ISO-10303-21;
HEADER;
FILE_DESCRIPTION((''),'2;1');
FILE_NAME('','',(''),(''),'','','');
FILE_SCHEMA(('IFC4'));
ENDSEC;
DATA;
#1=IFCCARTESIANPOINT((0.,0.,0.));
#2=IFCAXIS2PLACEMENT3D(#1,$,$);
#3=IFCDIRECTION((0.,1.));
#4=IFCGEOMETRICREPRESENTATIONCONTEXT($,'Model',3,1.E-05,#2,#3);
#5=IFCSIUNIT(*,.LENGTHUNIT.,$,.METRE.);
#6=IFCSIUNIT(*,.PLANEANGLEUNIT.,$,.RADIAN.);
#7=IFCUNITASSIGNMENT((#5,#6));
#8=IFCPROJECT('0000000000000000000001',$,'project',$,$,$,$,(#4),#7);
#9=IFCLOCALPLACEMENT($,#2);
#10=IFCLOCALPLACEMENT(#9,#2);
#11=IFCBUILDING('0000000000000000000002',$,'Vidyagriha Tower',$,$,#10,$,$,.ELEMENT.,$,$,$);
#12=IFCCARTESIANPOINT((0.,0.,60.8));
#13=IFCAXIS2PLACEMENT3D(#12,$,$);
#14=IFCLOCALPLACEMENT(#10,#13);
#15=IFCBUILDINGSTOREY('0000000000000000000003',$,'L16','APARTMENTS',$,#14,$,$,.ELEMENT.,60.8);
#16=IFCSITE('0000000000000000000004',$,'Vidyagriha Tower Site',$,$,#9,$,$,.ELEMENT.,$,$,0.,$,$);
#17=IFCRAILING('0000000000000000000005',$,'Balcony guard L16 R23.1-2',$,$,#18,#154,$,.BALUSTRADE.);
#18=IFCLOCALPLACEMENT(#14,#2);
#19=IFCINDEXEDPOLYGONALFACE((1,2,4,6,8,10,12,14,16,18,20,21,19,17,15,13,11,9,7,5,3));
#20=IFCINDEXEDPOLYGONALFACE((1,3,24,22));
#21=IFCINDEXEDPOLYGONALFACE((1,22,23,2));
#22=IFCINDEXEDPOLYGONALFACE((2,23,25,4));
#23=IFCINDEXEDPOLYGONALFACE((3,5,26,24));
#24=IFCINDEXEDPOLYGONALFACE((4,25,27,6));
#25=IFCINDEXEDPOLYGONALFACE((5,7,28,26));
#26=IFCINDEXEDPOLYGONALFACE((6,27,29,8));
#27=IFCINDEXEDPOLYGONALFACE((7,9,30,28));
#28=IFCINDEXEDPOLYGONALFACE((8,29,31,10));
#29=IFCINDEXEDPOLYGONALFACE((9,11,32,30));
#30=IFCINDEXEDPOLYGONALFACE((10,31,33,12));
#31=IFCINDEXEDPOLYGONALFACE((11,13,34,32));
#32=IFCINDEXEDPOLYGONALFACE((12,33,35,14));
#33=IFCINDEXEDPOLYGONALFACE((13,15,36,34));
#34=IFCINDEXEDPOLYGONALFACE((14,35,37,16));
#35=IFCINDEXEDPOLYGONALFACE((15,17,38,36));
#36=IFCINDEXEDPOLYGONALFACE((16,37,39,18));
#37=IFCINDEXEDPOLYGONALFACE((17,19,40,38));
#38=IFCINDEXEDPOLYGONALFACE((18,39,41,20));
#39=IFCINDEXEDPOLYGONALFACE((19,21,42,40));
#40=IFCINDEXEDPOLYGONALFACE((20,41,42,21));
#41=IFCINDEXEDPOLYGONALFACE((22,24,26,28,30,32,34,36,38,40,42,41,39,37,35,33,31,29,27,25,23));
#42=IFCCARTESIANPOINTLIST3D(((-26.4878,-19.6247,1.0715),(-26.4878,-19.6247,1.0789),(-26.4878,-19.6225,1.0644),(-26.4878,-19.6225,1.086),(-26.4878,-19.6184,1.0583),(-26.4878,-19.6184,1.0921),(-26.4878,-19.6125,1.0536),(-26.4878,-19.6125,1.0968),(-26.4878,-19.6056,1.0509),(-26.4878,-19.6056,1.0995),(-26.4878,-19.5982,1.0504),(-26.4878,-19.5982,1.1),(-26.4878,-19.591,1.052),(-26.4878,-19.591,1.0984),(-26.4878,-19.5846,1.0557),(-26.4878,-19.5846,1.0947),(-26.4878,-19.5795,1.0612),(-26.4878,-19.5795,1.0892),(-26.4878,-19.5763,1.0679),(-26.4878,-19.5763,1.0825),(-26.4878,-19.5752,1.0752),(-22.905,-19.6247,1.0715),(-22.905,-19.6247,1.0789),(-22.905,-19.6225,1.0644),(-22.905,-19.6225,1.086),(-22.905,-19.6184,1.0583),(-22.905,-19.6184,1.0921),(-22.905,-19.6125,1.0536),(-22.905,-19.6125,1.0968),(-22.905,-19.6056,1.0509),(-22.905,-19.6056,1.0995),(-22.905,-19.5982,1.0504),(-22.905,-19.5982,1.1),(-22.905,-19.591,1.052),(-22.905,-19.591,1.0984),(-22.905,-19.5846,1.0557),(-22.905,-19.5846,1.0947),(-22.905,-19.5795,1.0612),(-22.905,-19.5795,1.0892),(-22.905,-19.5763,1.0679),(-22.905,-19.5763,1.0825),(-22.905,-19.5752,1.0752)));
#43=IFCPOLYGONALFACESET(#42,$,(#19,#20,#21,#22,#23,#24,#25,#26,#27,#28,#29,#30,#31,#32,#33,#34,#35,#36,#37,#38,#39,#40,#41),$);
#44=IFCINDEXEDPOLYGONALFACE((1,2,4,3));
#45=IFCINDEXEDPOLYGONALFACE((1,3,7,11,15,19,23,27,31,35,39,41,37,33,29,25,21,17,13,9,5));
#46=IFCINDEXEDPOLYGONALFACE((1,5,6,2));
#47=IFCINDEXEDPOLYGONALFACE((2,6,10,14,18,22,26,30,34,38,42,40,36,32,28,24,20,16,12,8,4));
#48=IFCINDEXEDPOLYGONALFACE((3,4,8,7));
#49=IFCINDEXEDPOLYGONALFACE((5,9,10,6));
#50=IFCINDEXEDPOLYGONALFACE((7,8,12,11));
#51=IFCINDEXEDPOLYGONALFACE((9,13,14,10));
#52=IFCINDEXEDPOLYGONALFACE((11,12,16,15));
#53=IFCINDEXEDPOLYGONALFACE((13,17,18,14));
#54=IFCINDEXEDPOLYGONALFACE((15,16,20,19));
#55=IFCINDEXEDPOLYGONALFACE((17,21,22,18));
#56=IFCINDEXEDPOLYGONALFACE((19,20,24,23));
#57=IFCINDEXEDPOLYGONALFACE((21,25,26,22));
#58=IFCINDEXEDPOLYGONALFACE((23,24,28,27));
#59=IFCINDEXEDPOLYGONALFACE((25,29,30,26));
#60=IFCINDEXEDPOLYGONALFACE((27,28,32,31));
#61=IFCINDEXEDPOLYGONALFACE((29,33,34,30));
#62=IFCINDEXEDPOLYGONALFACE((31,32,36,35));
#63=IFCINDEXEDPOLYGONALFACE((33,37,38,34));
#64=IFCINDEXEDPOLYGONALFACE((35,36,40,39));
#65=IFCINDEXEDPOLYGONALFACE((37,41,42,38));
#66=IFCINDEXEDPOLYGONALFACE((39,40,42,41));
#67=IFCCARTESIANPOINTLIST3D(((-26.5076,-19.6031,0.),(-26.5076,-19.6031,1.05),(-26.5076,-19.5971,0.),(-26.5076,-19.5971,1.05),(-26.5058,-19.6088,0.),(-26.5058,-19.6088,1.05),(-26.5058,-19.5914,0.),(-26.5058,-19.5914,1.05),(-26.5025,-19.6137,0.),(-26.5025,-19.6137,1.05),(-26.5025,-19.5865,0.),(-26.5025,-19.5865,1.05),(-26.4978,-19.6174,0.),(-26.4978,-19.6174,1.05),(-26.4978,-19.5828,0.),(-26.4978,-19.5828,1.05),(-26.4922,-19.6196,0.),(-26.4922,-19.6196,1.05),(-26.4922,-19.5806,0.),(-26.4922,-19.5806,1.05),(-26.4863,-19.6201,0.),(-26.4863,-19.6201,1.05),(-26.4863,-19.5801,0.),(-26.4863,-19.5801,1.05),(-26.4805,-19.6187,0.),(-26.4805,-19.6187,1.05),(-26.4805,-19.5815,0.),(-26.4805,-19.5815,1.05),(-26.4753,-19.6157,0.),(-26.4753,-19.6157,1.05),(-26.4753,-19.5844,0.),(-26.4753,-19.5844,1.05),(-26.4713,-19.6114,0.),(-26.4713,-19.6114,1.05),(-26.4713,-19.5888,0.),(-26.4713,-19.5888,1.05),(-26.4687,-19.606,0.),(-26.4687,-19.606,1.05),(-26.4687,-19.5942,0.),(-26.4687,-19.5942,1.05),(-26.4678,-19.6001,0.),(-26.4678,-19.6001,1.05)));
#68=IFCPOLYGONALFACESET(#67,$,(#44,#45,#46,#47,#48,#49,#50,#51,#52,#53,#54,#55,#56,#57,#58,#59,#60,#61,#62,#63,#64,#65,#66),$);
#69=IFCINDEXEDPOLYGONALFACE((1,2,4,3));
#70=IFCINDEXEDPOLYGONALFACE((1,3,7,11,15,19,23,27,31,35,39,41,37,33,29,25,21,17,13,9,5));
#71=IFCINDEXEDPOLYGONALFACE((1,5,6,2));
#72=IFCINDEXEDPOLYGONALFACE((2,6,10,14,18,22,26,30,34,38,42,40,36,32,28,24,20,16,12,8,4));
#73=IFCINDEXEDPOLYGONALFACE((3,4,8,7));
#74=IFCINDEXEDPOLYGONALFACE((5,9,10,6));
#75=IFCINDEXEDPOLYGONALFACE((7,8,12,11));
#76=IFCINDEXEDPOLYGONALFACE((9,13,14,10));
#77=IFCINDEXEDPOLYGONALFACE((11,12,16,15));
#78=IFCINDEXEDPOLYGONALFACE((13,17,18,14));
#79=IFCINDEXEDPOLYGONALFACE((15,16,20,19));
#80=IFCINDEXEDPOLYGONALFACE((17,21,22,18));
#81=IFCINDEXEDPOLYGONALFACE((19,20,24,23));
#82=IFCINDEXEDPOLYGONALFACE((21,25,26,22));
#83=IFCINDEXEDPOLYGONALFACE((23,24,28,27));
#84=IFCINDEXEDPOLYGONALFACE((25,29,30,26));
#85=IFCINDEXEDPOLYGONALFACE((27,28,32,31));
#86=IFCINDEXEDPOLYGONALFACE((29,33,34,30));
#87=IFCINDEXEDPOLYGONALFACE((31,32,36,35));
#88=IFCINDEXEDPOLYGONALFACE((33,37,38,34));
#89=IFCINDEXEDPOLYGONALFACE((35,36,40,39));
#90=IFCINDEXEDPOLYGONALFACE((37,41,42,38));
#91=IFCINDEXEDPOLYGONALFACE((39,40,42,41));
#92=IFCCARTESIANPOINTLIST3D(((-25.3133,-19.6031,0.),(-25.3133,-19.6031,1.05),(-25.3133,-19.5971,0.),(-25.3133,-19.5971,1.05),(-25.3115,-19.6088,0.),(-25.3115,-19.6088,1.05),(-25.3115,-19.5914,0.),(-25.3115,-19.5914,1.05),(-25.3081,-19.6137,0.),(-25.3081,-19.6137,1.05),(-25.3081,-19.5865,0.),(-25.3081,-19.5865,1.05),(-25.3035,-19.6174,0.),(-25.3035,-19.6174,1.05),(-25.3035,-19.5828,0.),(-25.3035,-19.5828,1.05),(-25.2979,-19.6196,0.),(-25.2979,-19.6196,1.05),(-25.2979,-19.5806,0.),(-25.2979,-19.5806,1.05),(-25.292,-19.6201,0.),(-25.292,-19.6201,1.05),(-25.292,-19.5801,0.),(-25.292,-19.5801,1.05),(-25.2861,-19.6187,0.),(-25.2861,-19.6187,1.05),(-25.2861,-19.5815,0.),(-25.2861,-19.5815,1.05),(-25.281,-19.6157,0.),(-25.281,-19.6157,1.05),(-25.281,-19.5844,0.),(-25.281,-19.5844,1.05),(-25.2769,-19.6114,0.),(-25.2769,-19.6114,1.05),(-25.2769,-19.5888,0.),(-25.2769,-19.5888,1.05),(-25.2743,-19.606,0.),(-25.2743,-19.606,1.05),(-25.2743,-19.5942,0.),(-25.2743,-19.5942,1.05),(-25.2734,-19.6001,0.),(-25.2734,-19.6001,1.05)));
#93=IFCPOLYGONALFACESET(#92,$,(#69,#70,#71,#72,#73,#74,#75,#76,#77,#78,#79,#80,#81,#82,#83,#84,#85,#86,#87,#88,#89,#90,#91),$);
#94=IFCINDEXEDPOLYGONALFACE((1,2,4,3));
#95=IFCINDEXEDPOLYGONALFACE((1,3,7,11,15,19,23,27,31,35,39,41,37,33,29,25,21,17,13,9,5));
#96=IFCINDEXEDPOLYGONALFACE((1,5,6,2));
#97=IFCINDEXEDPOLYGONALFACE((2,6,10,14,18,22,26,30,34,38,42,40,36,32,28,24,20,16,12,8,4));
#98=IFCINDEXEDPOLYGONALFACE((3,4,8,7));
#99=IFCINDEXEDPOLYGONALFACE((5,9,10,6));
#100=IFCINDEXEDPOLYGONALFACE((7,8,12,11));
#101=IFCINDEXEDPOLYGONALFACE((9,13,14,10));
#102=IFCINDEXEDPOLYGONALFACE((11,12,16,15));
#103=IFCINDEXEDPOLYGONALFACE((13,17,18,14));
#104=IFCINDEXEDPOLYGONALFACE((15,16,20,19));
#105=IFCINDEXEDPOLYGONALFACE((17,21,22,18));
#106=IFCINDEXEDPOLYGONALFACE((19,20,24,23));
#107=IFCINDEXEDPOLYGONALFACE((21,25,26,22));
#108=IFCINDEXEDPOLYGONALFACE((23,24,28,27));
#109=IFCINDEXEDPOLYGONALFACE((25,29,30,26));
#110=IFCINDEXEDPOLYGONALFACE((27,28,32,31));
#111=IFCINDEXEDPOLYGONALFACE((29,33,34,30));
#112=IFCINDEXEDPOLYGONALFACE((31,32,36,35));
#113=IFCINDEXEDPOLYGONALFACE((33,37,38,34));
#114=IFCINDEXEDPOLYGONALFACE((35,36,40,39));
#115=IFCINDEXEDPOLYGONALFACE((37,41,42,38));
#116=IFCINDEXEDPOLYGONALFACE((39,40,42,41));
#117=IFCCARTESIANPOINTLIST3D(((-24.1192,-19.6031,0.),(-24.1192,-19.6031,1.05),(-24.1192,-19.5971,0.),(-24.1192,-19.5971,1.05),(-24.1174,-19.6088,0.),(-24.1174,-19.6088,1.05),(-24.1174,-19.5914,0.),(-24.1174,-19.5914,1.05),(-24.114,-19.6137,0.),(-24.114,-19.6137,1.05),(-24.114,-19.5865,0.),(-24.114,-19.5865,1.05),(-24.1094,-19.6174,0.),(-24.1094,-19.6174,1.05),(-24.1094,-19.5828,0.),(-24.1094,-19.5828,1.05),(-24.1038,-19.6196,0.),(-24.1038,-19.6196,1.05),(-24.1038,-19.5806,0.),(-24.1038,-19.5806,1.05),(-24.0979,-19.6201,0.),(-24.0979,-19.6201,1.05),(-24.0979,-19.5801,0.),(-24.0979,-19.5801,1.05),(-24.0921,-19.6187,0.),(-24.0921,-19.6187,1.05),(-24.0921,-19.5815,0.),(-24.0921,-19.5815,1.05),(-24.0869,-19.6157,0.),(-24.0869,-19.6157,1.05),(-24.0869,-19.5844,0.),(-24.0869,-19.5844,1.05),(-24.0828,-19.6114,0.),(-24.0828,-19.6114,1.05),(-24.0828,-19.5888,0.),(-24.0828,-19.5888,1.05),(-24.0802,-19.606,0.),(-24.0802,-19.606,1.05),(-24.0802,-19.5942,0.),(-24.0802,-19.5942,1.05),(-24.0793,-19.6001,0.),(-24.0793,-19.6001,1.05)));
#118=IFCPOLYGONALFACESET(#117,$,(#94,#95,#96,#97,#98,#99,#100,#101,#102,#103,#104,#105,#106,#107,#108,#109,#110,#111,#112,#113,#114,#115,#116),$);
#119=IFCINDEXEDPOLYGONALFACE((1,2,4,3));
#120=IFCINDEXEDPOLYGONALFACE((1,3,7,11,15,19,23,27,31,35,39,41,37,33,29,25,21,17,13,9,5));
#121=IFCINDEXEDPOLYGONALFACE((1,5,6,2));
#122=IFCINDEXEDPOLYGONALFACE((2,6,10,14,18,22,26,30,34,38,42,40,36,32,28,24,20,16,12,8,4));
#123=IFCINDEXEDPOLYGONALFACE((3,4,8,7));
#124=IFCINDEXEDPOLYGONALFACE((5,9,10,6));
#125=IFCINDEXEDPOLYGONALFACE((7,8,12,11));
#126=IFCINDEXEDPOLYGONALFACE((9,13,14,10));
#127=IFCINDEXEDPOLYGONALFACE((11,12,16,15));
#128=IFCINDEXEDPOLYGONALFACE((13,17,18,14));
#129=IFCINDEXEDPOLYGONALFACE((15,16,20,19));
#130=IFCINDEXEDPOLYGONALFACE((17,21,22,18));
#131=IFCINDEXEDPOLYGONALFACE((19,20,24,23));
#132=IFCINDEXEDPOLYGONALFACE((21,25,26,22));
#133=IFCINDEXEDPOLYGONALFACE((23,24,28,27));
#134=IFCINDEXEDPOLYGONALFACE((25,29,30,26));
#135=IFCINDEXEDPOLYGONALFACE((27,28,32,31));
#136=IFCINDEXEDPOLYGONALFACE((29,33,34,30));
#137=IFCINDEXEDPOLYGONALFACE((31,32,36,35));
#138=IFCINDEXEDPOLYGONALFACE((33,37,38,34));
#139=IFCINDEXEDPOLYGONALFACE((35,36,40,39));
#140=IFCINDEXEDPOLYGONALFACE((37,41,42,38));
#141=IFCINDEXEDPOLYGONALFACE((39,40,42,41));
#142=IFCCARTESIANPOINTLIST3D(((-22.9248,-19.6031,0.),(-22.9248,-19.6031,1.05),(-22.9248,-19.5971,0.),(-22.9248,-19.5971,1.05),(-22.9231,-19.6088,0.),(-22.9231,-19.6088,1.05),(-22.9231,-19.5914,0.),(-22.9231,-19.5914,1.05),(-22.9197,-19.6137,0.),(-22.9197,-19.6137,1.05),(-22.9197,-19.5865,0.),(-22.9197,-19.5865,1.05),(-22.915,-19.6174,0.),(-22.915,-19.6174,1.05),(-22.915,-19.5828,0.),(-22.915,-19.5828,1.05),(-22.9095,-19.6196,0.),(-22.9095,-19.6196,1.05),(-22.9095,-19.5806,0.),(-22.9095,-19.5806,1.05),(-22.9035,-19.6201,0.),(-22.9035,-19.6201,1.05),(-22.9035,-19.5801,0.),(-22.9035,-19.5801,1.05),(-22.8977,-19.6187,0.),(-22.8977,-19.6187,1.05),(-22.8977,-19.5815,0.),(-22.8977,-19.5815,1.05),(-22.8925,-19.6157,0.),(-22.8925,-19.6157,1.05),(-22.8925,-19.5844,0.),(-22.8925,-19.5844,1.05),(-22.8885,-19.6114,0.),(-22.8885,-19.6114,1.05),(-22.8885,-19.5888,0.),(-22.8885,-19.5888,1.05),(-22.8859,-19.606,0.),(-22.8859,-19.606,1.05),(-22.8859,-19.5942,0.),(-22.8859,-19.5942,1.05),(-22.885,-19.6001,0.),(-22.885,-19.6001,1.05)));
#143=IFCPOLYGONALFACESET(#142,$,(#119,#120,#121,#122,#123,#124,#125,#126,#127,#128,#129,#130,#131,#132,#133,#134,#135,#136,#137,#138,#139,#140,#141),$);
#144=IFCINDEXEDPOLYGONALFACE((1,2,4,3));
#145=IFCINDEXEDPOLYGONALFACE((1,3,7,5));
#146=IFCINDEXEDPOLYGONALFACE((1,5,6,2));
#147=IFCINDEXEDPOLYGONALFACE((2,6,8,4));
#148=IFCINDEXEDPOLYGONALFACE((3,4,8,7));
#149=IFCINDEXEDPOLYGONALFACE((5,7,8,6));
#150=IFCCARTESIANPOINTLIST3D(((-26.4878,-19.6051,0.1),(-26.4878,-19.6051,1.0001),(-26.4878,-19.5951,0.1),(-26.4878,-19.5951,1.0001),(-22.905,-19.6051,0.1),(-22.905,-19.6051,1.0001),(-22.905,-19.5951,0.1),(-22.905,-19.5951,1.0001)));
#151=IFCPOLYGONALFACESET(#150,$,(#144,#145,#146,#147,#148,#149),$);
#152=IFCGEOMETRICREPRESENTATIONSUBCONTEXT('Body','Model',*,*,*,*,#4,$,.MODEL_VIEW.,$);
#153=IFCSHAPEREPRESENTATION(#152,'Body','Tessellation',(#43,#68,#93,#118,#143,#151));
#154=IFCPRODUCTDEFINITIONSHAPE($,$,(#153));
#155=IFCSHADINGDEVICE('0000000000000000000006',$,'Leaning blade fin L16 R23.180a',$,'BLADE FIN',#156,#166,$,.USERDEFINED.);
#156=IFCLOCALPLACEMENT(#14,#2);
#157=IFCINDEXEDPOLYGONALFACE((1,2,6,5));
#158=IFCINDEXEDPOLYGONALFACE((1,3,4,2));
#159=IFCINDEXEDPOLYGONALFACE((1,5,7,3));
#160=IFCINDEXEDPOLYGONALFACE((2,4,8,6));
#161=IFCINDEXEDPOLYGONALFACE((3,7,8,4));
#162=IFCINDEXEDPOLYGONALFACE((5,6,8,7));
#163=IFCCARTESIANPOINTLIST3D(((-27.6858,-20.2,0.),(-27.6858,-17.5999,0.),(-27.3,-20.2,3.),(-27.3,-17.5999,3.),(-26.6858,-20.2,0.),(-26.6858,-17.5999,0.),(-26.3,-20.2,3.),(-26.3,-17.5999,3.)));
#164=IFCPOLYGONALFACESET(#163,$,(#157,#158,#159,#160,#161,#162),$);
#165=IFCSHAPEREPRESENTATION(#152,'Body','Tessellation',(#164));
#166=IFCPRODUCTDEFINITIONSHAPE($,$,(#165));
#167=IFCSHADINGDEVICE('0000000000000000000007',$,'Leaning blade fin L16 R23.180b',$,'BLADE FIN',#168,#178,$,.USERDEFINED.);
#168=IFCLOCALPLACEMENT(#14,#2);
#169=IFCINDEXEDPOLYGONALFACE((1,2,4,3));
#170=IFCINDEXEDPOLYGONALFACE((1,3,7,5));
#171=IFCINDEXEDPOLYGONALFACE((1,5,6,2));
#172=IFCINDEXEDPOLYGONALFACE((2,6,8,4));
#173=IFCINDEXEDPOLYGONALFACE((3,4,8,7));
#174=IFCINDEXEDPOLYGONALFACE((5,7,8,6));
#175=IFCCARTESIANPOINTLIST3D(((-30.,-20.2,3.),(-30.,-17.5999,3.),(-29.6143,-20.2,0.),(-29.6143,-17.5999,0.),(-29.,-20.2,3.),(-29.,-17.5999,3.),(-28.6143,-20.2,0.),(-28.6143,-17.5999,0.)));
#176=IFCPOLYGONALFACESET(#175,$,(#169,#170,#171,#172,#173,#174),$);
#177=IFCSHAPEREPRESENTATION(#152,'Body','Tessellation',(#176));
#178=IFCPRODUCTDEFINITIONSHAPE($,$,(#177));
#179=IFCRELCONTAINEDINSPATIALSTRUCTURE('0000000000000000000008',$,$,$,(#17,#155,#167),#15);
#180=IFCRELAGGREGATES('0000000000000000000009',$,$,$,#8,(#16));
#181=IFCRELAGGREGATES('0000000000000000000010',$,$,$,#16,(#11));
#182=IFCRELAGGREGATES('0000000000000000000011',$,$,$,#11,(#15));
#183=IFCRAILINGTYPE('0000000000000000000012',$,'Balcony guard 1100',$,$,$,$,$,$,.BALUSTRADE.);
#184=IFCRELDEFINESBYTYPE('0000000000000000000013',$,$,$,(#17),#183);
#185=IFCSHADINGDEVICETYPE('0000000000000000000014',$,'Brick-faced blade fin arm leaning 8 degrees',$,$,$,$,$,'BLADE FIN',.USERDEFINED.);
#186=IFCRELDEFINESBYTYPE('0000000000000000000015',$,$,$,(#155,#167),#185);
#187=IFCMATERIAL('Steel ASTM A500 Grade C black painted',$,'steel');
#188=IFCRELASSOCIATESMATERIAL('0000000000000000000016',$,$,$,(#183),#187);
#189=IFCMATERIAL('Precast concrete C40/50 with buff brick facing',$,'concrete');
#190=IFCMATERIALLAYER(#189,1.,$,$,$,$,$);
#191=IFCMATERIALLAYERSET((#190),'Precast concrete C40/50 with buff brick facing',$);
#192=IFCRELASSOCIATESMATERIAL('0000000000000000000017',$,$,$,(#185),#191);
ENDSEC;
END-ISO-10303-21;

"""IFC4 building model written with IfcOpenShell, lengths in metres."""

from ifc_helpers import new_model, si_unit, direction, frame, origin, origin_2d, place, context, subcontext, project, spatial, polyline, rectangle, circle, outline, extrude, material, layer, layer_set, type_object, element, save


model = new_model("IFC4")

# Units and contexts
model_context = context("Model", 3, precision=1e-05, world=origin(), true_north=direction((0.0, 1.0)))
body_context = subcontext(model_context, "Body", "Model", "MODEL_VIEW")
ifc_project = project(units=[si_unit("LENGTHUNIT", "METRE"), si_unit("PLANEANGLEUNIT", "RADIAN")], contexts=[model_context])

# Site, building, storey
site_placement = place(None, origin())
site = spatial("IfcSite", under=ifc_project, at=site_placement, Name="Vidyagriha Tower Site", CompositionType="ELEMENT", RefElevation=0.0)
building_placement = place(site_placement, origin())
building = spatial("IfcBuilding", under=site, at=building_placement, Name="Vidyagriha Tower", CompositionType="ELEMENT")
storey_placement = place(building_placement, frame((0.0, 0.0, 60.8)))
storey = spatial("IfcBuildingStorey", under=building, at=storey_placement, Name="L16", Description="APARTMENTS", CompositionType="ELEMENT", Elevation=60.8)

# Railing
ifc_material_1 = material(Name="Steel ASTM A500 Grade C black painted", Category="steel")
railing_type_1 = type_object("IfcRailingType", Name="Balcony guard 1100", PredefinedType="BALUSTRADE", material=ifc_material_1)
railing_1_placement = place(storey_placement, frame((-26.4878, -19.6001, 0.0)))
element("IfcRailing", 1, at=railing_1_placement, inside=storey, type_object=railing_type_1, Name="Balcony guard L16 R23.1-2", PredefinedType="BALUSTRADE", context=body_context, shape_type="SweptSolid", body=[
    extrude(circle(Radius=0.0249, at=origin_2d()), frame((0.0, 0.0, 1.0752), z_axis=(1.0, 0.0, 0.0), x_axis=(0.0, 1.0, 0.0)), (0.0, 0.0, 1.0), 3.5828),
    extrude(circle(Radius=0.02, at=origin_2d()), origin(), (0.0, 0.0, 1.0), 1.05),
    extrude(circle(Radius=0.02, at=origin_2d()), frame((1.1943, 0.0, 0.0)), (0.0, 0.0, 1.0), 1.05),
    extrude(circle(Radius=0.02, at=origin_2d()), frame((2.3884, 0.0, 0.0)), (0.0, 0.0, 1.0), 1.05),
    extrude(circle(Radius=0.02, at=origin_2d()), frame((3.5828, 0.0, 0.0)), (0.0, 0.0, 1.0), 1.05),
    extrude(rectangle(XDim=0.01, YDim=0.9001, at=origin_2d()), frame((0.0, 0.0, 0.55), z_axis=(1.0, 0.0, 0.0), x_axis=(0.0, 1.0, 0.0)), (0.0, 0.0, 1.0), 3.5828),
])

# Shading devices
ifc_material_2 = material(Name="Precast concrete C40/50 with buff brick facing", Category="concrete")
ifc_layer_1 = layer(ifc_material_2, 1.0)
ifc_layer_set_1 = layer_set([ifc_layer_1], Name="Precast concrete C40/50 with buff brick facing")
shading_device_type = type_object("IfcShadingDeviceType", Name="Brick-faced blade fin arm leaning 8 degrees", ElementType="BLADE FIN", PredefinedType="USERDEFINED", material=ifc_layer_set_1)
shading_device_1_placement = place(storey_placement, frame((-27.6858, -18.8999, 0.0)))
element("IfcShadingDevice", 2, at=shading_device_1_placement, inside=storey, type_object=shading_device_type, Name="Leaning blade fin L16 R23.180a", ObjectType="BLADE FIN", PredefinedType="USERDEFINED", context=body_context, shape_type="SweptSolid", body=[
    extrude(outline(polyline([(0.0, 0.0), (1.0, 0.0), (1.3857, 3.0), (0.3857, 3.0), (0.0, 0.0)])), frame((0.0, 1.3, 0.0), z_axis=(0.0, -1.0, 0.0), x_axis=(1.0, 0.0, 0.0)), (0.0, 0.0, 1.0), 2.6001),
])
shading_device_2_placement = place(storey_placement, frame((-30.0, -18.8999, 0.0)))
element("IfcShadingDevice", 3, at=shading_device_2_placement, inside=storey, type_object=shading_device_type, Name="Leaning blade fin L16 R23.180b", ObjectType="BLADE FIN", PredefinedType="USERDEFINED", context=body_context, shape_type="SweptSolid", body=[
    extrude(outline(polyline([(0.3857, 0.0), (1.3857, 0.0), (1.0, 3.0), (0.0, 3.0), (0.3857, 0.0)])), frame((0.0, 1.3, 0.0), z_axis=(0.0, -1.0, 0.0), x_axis=(1.0, 0.0, 0.0)), (0.0, 0.0, 1.0), 2.6001),
])

save(model, "model.ifc")
